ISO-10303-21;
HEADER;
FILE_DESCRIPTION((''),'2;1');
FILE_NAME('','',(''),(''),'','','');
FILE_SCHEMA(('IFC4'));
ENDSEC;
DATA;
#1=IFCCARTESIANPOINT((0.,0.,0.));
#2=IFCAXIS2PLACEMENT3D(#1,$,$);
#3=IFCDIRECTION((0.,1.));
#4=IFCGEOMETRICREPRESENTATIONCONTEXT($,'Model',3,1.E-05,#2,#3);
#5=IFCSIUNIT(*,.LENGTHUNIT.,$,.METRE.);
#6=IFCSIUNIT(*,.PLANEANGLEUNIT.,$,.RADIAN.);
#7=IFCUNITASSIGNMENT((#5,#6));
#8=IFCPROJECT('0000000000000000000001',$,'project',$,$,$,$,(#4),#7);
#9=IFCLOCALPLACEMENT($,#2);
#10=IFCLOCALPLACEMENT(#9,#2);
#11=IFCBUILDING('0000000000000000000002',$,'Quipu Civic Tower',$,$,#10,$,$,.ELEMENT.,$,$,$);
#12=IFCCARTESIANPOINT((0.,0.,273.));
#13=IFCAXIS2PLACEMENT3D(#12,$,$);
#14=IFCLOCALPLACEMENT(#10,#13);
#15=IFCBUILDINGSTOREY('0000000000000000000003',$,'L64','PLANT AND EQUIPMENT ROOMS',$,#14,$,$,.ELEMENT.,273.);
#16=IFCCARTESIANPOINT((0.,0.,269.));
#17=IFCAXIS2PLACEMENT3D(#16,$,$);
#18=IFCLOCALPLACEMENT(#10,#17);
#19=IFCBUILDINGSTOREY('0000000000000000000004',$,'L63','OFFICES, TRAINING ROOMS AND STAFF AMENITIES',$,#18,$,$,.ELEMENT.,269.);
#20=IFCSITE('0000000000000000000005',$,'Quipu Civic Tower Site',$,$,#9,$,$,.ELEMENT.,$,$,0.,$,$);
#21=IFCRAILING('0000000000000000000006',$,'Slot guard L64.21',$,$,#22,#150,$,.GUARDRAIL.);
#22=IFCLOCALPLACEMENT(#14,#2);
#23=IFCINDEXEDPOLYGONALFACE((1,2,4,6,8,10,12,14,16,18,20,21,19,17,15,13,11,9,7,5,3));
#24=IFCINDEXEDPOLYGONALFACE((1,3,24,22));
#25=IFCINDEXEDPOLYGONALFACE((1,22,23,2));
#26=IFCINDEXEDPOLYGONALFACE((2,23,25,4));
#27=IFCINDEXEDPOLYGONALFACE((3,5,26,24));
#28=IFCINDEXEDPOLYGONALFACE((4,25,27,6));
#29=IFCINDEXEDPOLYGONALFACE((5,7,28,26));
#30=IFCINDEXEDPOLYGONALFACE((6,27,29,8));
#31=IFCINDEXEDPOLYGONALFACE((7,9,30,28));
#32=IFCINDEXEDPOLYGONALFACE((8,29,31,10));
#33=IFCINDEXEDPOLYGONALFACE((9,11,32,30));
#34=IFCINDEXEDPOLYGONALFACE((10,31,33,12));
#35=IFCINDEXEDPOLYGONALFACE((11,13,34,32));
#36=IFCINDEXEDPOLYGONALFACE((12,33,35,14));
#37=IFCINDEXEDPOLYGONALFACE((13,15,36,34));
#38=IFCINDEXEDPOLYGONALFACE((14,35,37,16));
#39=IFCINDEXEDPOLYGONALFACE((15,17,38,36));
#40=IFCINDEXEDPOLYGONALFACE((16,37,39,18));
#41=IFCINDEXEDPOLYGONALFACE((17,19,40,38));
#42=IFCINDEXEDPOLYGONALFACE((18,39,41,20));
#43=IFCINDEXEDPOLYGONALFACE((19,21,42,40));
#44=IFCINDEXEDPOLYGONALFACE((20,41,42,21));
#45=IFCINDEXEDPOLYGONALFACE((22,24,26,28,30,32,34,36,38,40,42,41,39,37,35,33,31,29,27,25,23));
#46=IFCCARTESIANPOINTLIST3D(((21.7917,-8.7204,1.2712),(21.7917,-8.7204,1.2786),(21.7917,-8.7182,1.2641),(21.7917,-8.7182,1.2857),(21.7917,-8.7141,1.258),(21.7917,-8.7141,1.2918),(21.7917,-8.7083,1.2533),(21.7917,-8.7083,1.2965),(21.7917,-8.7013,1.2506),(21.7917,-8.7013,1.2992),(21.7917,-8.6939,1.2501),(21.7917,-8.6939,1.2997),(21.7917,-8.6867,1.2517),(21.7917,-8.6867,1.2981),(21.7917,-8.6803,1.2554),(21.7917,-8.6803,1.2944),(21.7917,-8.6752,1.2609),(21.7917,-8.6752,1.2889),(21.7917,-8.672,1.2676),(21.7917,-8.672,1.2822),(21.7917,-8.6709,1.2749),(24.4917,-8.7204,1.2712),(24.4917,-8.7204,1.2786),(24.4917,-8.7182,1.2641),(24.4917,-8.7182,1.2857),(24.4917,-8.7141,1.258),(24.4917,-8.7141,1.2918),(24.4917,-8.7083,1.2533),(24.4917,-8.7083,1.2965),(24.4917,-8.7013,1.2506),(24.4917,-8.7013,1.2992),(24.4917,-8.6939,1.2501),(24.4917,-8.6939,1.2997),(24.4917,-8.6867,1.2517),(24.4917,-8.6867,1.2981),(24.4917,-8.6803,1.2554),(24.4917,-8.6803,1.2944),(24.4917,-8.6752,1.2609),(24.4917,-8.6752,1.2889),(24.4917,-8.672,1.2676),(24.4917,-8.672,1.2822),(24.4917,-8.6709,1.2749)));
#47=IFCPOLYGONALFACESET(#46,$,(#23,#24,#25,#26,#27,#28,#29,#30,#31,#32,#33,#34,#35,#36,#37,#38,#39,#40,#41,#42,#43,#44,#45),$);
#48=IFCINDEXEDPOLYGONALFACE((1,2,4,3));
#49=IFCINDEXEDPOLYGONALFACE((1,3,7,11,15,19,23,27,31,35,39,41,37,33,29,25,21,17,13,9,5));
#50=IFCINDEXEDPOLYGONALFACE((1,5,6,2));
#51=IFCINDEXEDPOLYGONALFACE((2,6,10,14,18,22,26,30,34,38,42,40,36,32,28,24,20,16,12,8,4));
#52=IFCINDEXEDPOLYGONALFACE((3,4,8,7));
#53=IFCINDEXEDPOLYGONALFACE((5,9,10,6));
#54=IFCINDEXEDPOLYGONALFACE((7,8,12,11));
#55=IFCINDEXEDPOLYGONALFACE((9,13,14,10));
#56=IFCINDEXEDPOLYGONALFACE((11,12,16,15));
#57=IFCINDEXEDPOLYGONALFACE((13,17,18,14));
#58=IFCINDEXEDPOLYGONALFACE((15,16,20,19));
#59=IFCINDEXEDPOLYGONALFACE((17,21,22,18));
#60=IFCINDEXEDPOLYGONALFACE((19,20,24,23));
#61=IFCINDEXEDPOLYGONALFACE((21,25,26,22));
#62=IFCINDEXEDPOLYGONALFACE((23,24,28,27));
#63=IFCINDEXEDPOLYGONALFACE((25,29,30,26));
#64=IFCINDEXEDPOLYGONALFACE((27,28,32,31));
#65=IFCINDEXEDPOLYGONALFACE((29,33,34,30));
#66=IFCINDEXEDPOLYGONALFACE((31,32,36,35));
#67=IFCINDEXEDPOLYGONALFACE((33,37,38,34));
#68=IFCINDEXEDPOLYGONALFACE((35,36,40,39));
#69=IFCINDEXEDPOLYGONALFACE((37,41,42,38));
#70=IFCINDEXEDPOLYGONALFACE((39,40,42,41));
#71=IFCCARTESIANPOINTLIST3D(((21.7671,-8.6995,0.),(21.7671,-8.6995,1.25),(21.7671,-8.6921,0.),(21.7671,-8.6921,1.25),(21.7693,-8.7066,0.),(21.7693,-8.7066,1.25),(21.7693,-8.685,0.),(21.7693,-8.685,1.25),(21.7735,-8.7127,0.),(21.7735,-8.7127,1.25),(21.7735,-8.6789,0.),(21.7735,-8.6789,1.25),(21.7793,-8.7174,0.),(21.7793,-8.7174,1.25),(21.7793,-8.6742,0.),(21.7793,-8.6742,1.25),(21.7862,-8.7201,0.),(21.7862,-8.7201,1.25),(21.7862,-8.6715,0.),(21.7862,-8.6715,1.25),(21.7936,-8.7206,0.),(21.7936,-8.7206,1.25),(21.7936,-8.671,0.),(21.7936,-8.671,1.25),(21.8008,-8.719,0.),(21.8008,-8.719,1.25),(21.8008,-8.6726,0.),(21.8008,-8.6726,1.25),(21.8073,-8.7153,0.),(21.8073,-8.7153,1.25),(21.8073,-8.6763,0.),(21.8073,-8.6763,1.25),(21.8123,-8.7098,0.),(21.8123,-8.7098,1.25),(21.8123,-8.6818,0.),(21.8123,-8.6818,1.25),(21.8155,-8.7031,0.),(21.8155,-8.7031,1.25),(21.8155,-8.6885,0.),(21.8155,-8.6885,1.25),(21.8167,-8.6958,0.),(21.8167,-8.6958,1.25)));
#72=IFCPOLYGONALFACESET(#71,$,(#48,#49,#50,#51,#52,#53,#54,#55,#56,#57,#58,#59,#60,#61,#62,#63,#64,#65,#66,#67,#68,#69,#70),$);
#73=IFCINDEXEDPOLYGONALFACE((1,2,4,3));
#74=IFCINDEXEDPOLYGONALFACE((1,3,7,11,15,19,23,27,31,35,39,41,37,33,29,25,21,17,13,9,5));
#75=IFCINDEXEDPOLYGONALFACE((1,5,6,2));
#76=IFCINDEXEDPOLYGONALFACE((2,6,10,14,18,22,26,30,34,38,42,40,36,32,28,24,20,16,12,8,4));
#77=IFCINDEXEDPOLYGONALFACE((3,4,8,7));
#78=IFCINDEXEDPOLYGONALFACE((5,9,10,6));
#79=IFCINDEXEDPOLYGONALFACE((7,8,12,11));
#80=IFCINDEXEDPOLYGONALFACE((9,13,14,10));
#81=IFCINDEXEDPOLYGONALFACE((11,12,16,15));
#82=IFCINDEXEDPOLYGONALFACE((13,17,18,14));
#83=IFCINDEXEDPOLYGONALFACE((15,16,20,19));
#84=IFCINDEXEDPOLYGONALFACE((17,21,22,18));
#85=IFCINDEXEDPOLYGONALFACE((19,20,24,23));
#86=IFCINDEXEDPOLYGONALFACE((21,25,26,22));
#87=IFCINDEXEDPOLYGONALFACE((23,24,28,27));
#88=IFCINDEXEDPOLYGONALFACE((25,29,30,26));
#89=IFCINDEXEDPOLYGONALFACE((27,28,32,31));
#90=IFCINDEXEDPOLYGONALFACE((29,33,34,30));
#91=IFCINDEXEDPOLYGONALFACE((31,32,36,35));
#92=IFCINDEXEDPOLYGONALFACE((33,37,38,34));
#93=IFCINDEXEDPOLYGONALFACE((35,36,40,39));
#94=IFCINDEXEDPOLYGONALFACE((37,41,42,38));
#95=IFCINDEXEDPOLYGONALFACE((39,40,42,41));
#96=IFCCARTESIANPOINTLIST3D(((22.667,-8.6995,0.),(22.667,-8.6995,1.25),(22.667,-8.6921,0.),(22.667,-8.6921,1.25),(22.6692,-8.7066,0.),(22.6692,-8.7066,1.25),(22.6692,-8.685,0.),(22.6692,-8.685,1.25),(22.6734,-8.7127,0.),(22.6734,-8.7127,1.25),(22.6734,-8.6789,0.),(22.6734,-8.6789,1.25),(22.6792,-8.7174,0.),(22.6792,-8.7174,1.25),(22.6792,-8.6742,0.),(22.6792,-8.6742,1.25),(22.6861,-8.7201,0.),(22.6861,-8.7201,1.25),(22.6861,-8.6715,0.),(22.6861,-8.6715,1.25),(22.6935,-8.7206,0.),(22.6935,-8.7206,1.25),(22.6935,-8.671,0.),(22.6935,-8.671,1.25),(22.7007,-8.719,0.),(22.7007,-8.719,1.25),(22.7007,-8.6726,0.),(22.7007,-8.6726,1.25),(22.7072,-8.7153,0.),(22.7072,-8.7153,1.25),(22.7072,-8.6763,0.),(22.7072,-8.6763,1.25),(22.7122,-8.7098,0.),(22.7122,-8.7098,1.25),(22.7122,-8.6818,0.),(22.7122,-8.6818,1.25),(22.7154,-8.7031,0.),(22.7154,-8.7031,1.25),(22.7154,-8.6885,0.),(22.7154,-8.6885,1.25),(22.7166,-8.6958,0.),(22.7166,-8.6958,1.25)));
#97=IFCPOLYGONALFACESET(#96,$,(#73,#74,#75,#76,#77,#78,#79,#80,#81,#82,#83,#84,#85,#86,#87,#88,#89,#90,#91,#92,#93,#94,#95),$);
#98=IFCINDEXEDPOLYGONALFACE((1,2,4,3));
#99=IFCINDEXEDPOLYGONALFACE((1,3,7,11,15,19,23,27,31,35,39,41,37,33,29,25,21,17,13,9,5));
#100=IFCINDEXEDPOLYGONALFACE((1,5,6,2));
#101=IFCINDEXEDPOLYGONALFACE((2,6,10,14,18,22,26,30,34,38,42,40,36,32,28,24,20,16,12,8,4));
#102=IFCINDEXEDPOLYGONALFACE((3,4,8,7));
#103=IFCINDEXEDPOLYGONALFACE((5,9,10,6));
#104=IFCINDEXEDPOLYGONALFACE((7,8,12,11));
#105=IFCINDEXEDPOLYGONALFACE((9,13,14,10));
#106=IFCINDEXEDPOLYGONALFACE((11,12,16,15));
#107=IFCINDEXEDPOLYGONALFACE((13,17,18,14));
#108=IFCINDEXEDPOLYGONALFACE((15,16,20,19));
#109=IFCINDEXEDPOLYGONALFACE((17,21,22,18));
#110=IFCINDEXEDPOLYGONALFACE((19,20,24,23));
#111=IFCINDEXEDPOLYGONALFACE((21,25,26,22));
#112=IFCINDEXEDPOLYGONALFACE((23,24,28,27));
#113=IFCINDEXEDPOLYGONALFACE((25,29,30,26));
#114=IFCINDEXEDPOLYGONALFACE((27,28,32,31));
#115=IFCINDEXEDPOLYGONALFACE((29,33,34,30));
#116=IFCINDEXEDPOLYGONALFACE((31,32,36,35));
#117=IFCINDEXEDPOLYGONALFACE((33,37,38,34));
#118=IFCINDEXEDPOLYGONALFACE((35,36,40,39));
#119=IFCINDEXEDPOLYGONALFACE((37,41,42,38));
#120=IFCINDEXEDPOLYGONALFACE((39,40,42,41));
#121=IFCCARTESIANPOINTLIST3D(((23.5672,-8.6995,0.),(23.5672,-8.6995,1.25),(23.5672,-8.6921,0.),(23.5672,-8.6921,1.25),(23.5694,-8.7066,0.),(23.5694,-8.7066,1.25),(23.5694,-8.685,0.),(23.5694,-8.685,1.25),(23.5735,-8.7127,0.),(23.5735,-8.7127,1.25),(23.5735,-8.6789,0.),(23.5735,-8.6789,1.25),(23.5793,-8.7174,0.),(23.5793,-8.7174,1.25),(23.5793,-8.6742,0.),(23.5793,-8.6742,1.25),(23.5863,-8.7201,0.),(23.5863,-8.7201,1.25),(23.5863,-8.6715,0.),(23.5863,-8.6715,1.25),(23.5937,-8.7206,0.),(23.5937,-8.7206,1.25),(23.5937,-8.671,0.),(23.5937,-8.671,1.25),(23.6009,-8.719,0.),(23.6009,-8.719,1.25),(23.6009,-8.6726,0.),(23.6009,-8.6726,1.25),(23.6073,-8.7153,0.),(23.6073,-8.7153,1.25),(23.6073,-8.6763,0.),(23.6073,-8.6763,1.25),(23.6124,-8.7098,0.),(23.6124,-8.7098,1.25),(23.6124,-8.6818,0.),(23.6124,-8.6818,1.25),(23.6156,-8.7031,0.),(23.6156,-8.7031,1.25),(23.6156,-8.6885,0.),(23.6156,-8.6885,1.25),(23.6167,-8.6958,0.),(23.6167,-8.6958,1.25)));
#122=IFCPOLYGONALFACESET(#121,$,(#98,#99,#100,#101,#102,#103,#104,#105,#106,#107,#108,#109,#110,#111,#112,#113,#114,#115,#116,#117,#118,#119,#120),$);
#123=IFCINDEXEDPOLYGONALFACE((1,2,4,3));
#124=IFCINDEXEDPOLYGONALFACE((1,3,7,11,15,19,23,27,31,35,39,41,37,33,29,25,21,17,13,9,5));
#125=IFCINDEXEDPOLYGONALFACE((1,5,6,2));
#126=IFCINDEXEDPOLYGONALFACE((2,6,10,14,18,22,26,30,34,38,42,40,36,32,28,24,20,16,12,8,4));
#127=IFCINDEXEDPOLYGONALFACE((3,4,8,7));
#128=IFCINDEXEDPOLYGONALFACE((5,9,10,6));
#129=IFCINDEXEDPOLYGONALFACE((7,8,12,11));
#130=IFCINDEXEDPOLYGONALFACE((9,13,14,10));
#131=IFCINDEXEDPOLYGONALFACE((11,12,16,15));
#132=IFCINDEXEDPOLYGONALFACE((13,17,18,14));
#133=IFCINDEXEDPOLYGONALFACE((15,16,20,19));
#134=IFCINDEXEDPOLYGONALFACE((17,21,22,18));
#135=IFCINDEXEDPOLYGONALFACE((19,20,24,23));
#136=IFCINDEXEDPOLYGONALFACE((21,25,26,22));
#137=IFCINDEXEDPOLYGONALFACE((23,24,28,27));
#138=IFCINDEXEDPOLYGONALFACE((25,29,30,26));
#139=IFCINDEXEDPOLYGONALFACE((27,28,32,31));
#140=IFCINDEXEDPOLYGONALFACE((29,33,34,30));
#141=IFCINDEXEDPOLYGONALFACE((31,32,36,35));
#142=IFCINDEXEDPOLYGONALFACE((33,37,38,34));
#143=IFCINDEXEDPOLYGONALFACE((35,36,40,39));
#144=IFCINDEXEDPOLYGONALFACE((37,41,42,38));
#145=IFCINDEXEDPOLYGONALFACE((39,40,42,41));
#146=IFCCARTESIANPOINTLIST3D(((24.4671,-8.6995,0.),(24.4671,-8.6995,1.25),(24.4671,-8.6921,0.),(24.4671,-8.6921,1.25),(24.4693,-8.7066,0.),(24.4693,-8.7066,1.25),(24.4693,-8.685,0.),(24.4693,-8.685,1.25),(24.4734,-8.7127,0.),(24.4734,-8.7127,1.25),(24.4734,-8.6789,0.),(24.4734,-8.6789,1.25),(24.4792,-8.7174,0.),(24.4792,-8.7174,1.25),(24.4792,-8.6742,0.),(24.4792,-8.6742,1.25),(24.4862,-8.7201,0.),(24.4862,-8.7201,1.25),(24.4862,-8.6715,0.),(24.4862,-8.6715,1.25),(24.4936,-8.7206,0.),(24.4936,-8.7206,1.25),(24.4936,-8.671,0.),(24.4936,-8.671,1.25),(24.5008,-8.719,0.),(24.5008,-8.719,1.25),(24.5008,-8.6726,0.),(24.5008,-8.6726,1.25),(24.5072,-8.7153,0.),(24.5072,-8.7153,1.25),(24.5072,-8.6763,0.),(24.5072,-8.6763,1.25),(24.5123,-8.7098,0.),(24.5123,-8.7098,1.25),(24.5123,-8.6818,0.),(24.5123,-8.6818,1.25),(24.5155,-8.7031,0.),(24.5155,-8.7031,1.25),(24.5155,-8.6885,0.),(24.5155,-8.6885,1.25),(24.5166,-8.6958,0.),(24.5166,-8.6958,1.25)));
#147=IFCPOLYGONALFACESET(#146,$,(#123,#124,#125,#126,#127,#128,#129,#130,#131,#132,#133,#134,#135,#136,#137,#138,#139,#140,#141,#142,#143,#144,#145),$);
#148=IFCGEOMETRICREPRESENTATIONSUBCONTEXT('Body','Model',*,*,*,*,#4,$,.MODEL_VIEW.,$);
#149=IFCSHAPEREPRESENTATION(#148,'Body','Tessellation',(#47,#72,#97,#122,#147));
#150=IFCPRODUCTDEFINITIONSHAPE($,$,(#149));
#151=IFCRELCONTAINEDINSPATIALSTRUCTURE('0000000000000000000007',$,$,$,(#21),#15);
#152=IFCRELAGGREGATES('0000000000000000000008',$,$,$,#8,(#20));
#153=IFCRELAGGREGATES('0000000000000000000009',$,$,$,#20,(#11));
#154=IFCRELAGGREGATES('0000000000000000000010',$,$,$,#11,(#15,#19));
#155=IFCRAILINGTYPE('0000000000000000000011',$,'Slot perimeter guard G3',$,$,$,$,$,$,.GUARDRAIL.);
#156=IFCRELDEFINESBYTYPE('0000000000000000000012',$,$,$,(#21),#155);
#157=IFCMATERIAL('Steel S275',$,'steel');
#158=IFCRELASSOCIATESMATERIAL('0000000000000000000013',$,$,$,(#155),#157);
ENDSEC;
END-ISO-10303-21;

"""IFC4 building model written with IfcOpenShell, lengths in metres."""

from ifc_helpers import new_model, si_unit, direction, frame, origin, origin_2d, place, context, subcontext, project, spatial, circle, extrude, material, type_object, element, save


model = new_model("IFC4")

# Units and contexts
model_context = context("Model", 3, precision=1e-05, world=origin(), true_north=direction((0.0, 1.0)))
body_context = subcontext(model_context, "Body", "Model", "MODEL_VIEW")
ifc_project = project(units=[si_unit("LENGTHUNIT", "METRE"), si_unit("PLANEANGLEUNIT", "RADIAN")], contexts=[model_context])

# Site, building, storey
site_placement = place(None, origin())
site = spatial("IfcSite", under=ifc_project, at=site_placement, Name="Quipu Civic Tower Site", CompositionType="ELEMENT", RefElevation=0.0)
building_placement = place(site_placement, origin())
building = spatial("IfcBuilding", under=site, at=building_placement, Name="Quipu Civic Tower", CompositionType="ELEMENT")
storey_1_placement = place(building_placement, frame((0.0, 0.0, 273.0)))
storey_1 = spatial("IfcBuildingStorey", under=building, at=storey_1_placement, Name="L64", Description="PLANT AND EQUIPMENT ROOMS", CompositionType="ELEMENT", Elevation=273.0)

# Shared definitions
storey_2_placement = place(building_placement, frame((0.0, 0.0, 269.0)))
storey_2 = spatial("IfcBuildingStorey", under=building, at=storey_2_placement, Name="L63", Description="OFFICES, TRAINING ROOMS AND STAFF AMENITIES", CompositionType="ELEMENT", Elevation=269.0)

# Railing
ifc_material_1 = material(Name="Steel S275", Category="steel")
railing_type = type_object("IfcRailingType", Name="Slot perimeter guard G3", PredefinedType="GUARDRAIL", material=ifc_material_1)
railing_1_placement = place(storey_1_placement, frame((21.7917, -8.6958, 0.0)))
element("IfcRailing", 1, at=railing_1_placement, inside=storey_1, type_object=railing_type, Name="Slot guard L64.21", PredefinedType="GUARDRAIL", context=body_context, shape_type="SweptSolid", body=[
    extrude(circle(Radius=0.0249, at=origin_2d()), frame((0.0, 0.0, 1.2749), z_axis=(1.0, 0.0, 0.0), x_axis=(0.0, 1.0, 0.0)), (0.0, 0.0, 1.0), 2.7),
    extrude(circle(Radius=0.0249, at=origin_2d()), origin(), (0.0, 0.0, 1.0), 1.25),
    extrude(circle(Radius=0.0249, at=origin_2d()), frame((0.8999, 0.0, 0.0)), (0.0, 0.0, 1.0), 1.25),
    extrude(circle(Radius=0.0249, at=origin_2d()), frame((1.8, 0.0, 0.0)), (0.0, 0.0, 1.0), 1.25),
    extrude(circle(Radius=0.0249, at=origin_2d()), frame((2.7, 0.0, 0.0)), (0.0, 0.0, 1.0), 1.25),
])

save(model, "model.ifc")
